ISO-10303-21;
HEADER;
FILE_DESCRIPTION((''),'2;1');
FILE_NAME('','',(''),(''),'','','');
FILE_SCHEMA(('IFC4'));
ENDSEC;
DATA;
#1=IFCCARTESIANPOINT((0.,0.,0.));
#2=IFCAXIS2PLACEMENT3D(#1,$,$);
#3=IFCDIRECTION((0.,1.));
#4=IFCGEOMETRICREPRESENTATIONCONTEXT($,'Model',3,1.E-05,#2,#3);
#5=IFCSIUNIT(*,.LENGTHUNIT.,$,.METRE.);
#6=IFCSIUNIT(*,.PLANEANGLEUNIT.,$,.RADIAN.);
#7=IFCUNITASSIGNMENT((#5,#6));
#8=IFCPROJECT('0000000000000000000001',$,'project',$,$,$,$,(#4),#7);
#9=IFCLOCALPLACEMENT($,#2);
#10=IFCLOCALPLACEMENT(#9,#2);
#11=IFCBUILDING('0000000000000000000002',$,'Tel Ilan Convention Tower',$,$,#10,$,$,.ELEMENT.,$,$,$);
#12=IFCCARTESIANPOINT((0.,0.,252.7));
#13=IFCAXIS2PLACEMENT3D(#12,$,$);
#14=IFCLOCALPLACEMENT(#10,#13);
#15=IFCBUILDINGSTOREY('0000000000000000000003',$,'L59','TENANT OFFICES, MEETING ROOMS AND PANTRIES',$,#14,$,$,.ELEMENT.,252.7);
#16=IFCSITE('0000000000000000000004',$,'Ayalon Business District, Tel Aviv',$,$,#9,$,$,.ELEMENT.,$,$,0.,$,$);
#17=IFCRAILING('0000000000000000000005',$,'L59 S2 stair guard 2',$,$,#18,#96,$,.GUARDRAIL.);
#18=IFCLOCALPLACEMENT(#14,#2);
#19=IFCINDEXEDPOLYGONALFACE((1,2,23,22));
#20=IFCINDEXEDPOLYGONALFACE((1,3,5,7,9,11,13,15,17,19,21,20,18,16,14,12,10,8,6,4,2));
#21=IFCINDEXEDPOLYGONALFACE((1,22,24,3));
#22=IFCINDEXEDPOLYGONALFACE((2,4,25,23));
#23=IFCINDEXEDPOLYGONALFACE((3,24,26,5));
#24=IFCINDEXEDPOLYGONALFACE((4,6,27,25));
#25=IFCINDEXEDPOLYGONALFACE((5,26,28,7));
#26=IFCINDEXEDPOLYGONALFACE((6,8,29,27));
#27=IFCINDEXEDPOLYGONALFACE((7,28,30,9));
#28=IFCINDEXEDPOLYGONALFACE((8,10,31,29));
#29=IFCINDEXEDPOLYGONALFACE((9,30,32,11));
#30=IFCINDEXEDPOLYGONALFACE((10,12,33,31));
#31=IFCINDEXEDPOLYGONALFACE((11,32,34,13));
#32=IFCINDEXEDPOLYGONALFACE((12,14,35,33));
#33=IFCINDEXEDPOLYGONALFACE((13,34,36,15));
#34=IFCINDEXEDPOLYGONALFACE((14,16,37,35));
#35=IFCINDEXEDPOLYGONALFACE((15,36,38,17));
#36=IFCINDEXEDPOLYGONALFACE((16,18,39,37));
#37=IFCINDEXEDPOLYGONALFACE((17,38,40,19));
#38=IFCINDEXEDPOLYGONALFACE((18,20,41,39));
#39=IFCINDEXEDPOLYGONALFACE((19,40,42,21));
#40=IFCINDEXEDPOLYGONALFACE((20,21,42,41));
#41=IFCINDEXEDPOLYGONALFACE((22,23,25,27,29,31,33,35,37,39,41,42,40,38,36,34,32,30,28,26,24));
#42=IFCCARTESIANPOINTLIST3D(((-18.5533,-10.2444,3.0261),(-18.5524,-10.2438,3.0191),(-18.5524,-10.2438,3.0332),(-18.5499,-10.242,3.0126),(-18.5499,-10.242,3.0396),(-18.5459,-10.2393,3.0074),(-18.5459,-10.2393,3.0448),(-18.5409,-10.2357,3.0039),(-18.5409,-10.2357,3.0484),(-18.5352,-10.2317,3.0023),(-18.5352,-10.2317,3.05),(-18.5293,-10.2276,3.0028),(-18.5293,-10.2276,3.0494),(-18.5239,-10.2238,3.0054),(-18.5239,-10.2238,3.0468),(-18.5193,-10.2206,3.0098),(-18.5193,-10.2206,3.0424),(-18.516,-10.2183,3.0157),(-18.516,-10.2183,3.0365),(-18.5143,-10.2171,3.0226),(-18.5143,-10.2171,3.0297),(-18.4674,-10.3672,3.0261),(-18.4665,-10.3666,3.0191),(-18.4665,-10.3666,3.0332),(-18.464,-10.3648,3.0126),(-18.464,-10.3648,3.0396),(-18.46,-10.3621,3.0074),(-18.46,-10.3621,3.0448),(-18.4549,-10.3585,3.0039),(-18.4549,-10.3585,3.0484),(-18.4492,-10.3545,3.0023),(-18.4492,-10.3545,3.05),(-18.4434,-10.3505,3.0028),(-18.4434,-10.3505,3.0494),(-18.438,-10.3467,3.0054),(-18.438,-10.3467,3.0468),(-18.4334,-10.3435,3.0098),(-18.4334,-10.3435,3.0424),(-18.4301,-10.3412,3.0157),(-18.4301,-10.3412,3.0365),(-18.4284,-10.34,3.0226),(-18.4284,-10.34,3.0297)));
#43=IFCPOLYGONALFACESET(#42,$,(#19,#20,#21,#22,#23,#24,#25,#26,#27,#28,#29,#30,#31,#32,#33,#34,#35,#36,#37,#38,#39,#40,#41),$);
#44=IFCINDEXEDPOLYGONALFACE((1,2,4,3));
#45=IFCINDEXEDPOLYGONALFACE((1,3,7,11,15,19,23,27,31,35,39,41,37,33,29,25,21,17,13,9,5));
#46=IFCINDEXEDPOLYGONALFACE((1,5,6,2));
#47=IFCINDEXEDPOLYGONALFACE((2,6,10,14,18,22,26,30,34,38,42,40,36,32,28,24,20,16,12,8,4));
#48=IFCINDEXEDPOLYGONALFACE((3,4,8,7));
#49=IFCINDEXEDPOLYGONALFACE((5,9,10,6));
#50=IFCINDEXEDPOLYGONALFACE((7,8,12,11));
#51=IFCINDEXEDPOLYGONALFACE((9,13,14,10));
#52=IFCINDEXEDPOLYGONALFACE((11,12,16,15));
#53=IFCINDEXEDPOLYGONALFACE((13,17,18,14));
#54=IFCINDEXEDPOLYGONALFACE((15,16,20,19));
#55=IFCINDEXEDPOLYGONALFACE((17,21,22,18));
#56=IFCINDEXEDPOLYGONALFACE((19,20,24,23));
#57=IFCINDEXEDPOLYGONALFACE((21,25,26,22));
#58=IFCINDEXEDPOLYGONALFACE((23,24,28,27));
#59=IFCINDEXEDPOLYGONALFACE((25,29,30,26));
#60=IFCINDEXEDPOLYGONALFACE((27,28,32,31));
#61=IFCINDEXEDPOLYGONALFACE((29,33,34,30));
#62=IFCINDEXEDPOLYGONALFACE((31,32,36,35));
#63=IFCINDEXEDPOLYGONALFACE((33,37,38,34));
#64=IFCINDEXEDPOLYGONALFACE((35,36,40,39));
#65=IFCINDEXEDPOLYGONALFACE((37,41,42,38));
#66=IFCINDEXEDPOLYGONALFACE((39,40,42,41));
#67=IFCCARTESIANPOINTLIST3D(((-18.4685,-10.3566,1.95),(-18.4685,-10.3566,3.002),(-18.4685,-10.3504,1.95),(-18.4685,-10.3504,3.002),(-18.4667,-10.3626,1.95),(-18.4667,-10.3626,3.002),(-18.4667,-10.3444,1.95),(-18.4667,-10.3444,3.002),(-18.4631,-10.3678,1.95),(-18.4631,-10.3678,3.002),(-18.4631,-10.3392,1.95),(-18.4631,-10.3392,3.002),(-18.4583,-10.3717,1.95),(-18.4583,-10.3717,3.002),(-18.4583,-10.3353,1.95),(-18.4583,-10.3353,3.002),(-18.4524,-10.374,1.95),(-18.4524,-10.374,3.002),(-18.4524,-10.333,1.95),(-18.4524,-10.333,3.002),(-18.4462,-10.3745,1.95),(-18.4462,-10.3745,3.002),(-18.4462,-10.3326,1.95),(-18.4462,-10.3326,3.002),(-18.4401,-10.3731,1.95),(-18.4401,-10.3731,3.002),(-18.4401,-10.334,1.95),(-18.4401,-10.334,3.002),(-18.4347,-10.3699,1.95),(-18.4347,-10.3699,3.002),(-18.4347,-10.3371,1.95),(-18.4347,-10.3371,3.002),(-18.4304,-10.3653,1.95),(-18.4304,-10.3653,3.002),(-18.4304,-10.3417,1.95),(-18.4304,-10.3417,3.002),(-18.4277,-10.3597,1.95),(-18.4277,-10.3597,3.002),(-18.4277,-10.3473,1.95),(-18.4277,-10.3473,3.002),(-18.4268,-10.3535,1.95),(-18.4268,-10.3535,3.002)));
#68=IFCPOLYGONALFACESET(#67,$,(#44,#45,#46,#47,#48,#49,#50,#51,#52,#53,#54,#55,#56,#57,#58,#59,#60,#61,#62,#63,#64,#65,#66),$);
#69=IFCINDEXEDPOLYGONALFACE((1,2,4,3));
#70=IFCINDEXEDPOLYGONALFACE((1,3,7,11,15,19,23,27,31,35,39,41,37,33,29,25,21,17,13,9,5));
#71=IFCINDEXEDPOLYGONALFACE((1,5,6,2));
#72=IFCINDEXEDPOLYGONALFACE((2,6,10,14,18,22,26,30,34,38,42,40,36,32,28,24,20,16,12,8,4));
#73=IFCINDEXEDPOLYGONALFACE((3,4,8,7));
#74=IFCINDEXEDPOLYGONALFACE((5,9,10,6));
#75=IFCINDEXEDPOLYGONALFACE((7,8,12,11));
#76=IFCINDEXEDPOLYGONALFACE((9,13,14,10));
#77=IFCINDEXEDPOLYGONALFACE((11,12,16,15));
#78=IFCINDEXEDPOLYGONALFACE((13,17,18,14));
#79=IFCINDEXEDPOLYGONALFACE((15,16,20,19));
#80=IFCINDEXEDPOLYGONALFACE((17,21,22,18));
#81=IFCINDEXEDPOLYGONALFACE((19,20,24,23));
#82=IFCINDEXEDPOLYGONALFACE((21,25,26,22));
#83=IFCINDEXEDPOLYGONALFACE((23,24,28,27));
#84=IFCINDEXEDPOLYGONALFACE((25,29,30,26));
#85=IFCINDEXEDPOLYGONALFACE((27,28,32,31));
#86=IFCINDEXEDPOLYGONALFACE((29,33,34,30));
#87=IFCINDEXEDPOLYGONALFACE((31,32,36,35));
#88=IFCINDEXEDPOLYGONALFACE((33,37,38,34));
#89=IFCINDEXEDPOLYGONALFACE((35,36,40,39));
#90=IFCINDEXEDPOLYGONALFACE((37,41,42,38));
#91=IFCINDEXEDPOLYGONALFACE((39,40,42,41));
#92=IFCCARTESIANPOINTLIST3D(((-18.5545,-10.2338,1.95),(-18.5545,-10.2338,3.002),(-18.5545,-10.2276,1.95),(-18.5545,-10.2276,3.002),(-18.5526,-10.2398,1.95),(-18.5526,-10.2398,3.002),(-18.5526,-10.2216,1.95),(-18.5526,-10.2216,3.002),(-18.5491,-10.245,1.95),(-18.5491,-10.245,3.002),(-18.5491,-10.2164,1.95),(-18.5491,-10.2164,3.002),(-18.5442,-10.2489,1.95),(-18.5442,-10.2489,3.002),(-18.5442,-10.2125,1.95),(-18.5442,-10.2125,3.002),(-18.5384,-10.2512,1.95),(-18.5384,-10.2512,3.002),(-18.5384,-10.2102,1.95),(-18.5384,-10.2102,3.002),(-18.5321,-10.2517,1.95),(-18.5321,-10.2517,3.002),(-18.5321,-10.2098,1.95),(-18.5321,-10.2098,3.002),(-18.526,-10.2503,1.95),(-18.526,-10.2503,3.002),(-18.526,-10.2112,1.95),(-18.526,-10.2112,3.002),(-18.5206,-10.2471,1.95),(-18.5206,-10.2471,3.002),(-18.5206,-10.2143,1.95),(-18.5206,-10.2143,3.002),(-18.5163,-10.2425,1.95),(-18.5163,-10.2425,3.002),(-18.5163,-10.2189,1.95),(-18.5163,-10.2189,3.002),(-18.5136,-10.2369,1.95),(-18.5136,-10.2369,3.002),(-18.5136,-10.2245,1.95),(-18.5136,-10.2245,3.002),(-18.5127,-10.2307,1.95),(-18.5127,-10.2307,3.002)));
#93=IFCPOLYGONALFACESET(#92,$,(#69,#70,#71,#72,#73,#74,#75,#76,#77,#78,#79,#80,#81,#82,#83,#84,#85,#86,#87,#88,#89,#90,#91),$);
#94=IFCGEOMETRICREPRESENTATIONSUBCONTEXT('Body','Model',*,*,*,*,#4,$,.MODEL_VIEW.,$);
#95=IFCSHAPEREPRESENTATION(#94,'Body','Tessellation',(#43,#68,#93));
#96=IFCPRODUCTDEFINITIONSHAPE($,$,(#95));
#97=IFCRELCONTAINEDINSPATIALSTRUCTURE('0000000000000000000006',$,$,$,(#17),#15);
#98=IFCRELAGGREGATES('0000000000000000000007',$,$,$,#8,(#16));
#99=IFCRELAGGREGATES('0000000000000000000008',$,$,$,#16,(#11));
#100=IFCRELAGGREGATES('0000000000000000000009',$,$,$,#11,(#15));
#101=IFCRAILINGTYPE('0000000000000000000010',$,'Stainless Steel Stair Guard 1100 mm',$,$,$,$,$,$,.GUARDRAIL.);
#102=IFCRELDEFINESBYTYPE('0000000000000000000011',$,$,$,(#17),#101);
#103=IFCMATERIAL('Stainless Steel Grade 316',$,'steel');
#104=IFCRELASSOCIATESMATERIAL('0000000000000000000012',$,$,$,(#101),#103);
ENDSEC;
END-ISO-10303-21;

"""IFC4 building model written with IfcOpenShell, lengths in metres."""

from ifc_helpers import new_model, si_unit, direction, frame, origin, origin_2d, place, context, subcontext, project, spatial, circle, extrude, material, type_object, element, save


model = new_model("IFC4")

# Units and contexts
model_context = context("Model", 3, precision=1e-05, world=origin(), true_north=direction((0.0, 1.0)))
body_context = subcontext(model_context, "Body", "Model", "MODEL_VIEW")
ifc_project = project(units=[si_unit("LENGTHUNIT", "METRE"), si_unit("PLANEANGLEUNIT", "RADIAN")], contexts=[model_context])

# Site, building, storey
site_placement = place(None, origin())
site = spatial("IfcSite", under=ifc_project, at=site_placement, Name="Ayalon Business District, Tel Aviv", CompositionType="ELEMENT", RefElevation=0.0)
building_placement = place(site_placement, origin())
building = spatial("IfcBuilding", under=site, at=building_placement, Name="Tel Ilan Convention Tower", CompositionType="ELEMENT")
storey_placement = place(building_placement, frame((0.0, 0.0, 252.7)))
storey = spatial("IfcBuildingStorey", under=building, at=storey_placement, Name="L59", Description="TENANT OFFICES, MEETING ROOMS AND PANTRIES", CompositionType="ELEMENT", Elevation=252.7)

# Railing
ifc_material_1 = material(Name="Stainless Steel Grade 316", Category="steel")
railing_type_1 = type_object("IfcRailingType", Name="Stainless Steel Stair Guard 1100 mm", PredefinedType="GUARDRAIL", material=ifc_material_1)
railing_1_placement = place(storey_placement, frame((-18.4478, -10.3535, 1.95)))
element("IfcRailing", 1, at=railing_1_placement, inside=storey, type_object=railing_type_1, Name="L59 S2 stair guard 2", PredefinedType="GUARDRAIL", context=body_context, shape_type="SweptSolid", body=[
    extrude(circle(Radius=0.0239, at=origin_2d()), frame((0.0, 0.0, 1.0762), z_axis=(-0.573353, 0.819308, 0.0), x_axis=(-0.819308, -0.573353, 0.0)), (0.0, 0.0, 1.0), 0.1499),
    extrude(circle(Radius=0.021, at=origin_2d()), origin(), (0.0, 0.0, 1.0), 1.052),
    extrude(circle(Radius=0.021, at=origin_2d()), frame((-0.0859, 0.1228, 0.0)), (0.0, 0.0, 1.0), 1.052),
])

save(model, "model.ifc")
